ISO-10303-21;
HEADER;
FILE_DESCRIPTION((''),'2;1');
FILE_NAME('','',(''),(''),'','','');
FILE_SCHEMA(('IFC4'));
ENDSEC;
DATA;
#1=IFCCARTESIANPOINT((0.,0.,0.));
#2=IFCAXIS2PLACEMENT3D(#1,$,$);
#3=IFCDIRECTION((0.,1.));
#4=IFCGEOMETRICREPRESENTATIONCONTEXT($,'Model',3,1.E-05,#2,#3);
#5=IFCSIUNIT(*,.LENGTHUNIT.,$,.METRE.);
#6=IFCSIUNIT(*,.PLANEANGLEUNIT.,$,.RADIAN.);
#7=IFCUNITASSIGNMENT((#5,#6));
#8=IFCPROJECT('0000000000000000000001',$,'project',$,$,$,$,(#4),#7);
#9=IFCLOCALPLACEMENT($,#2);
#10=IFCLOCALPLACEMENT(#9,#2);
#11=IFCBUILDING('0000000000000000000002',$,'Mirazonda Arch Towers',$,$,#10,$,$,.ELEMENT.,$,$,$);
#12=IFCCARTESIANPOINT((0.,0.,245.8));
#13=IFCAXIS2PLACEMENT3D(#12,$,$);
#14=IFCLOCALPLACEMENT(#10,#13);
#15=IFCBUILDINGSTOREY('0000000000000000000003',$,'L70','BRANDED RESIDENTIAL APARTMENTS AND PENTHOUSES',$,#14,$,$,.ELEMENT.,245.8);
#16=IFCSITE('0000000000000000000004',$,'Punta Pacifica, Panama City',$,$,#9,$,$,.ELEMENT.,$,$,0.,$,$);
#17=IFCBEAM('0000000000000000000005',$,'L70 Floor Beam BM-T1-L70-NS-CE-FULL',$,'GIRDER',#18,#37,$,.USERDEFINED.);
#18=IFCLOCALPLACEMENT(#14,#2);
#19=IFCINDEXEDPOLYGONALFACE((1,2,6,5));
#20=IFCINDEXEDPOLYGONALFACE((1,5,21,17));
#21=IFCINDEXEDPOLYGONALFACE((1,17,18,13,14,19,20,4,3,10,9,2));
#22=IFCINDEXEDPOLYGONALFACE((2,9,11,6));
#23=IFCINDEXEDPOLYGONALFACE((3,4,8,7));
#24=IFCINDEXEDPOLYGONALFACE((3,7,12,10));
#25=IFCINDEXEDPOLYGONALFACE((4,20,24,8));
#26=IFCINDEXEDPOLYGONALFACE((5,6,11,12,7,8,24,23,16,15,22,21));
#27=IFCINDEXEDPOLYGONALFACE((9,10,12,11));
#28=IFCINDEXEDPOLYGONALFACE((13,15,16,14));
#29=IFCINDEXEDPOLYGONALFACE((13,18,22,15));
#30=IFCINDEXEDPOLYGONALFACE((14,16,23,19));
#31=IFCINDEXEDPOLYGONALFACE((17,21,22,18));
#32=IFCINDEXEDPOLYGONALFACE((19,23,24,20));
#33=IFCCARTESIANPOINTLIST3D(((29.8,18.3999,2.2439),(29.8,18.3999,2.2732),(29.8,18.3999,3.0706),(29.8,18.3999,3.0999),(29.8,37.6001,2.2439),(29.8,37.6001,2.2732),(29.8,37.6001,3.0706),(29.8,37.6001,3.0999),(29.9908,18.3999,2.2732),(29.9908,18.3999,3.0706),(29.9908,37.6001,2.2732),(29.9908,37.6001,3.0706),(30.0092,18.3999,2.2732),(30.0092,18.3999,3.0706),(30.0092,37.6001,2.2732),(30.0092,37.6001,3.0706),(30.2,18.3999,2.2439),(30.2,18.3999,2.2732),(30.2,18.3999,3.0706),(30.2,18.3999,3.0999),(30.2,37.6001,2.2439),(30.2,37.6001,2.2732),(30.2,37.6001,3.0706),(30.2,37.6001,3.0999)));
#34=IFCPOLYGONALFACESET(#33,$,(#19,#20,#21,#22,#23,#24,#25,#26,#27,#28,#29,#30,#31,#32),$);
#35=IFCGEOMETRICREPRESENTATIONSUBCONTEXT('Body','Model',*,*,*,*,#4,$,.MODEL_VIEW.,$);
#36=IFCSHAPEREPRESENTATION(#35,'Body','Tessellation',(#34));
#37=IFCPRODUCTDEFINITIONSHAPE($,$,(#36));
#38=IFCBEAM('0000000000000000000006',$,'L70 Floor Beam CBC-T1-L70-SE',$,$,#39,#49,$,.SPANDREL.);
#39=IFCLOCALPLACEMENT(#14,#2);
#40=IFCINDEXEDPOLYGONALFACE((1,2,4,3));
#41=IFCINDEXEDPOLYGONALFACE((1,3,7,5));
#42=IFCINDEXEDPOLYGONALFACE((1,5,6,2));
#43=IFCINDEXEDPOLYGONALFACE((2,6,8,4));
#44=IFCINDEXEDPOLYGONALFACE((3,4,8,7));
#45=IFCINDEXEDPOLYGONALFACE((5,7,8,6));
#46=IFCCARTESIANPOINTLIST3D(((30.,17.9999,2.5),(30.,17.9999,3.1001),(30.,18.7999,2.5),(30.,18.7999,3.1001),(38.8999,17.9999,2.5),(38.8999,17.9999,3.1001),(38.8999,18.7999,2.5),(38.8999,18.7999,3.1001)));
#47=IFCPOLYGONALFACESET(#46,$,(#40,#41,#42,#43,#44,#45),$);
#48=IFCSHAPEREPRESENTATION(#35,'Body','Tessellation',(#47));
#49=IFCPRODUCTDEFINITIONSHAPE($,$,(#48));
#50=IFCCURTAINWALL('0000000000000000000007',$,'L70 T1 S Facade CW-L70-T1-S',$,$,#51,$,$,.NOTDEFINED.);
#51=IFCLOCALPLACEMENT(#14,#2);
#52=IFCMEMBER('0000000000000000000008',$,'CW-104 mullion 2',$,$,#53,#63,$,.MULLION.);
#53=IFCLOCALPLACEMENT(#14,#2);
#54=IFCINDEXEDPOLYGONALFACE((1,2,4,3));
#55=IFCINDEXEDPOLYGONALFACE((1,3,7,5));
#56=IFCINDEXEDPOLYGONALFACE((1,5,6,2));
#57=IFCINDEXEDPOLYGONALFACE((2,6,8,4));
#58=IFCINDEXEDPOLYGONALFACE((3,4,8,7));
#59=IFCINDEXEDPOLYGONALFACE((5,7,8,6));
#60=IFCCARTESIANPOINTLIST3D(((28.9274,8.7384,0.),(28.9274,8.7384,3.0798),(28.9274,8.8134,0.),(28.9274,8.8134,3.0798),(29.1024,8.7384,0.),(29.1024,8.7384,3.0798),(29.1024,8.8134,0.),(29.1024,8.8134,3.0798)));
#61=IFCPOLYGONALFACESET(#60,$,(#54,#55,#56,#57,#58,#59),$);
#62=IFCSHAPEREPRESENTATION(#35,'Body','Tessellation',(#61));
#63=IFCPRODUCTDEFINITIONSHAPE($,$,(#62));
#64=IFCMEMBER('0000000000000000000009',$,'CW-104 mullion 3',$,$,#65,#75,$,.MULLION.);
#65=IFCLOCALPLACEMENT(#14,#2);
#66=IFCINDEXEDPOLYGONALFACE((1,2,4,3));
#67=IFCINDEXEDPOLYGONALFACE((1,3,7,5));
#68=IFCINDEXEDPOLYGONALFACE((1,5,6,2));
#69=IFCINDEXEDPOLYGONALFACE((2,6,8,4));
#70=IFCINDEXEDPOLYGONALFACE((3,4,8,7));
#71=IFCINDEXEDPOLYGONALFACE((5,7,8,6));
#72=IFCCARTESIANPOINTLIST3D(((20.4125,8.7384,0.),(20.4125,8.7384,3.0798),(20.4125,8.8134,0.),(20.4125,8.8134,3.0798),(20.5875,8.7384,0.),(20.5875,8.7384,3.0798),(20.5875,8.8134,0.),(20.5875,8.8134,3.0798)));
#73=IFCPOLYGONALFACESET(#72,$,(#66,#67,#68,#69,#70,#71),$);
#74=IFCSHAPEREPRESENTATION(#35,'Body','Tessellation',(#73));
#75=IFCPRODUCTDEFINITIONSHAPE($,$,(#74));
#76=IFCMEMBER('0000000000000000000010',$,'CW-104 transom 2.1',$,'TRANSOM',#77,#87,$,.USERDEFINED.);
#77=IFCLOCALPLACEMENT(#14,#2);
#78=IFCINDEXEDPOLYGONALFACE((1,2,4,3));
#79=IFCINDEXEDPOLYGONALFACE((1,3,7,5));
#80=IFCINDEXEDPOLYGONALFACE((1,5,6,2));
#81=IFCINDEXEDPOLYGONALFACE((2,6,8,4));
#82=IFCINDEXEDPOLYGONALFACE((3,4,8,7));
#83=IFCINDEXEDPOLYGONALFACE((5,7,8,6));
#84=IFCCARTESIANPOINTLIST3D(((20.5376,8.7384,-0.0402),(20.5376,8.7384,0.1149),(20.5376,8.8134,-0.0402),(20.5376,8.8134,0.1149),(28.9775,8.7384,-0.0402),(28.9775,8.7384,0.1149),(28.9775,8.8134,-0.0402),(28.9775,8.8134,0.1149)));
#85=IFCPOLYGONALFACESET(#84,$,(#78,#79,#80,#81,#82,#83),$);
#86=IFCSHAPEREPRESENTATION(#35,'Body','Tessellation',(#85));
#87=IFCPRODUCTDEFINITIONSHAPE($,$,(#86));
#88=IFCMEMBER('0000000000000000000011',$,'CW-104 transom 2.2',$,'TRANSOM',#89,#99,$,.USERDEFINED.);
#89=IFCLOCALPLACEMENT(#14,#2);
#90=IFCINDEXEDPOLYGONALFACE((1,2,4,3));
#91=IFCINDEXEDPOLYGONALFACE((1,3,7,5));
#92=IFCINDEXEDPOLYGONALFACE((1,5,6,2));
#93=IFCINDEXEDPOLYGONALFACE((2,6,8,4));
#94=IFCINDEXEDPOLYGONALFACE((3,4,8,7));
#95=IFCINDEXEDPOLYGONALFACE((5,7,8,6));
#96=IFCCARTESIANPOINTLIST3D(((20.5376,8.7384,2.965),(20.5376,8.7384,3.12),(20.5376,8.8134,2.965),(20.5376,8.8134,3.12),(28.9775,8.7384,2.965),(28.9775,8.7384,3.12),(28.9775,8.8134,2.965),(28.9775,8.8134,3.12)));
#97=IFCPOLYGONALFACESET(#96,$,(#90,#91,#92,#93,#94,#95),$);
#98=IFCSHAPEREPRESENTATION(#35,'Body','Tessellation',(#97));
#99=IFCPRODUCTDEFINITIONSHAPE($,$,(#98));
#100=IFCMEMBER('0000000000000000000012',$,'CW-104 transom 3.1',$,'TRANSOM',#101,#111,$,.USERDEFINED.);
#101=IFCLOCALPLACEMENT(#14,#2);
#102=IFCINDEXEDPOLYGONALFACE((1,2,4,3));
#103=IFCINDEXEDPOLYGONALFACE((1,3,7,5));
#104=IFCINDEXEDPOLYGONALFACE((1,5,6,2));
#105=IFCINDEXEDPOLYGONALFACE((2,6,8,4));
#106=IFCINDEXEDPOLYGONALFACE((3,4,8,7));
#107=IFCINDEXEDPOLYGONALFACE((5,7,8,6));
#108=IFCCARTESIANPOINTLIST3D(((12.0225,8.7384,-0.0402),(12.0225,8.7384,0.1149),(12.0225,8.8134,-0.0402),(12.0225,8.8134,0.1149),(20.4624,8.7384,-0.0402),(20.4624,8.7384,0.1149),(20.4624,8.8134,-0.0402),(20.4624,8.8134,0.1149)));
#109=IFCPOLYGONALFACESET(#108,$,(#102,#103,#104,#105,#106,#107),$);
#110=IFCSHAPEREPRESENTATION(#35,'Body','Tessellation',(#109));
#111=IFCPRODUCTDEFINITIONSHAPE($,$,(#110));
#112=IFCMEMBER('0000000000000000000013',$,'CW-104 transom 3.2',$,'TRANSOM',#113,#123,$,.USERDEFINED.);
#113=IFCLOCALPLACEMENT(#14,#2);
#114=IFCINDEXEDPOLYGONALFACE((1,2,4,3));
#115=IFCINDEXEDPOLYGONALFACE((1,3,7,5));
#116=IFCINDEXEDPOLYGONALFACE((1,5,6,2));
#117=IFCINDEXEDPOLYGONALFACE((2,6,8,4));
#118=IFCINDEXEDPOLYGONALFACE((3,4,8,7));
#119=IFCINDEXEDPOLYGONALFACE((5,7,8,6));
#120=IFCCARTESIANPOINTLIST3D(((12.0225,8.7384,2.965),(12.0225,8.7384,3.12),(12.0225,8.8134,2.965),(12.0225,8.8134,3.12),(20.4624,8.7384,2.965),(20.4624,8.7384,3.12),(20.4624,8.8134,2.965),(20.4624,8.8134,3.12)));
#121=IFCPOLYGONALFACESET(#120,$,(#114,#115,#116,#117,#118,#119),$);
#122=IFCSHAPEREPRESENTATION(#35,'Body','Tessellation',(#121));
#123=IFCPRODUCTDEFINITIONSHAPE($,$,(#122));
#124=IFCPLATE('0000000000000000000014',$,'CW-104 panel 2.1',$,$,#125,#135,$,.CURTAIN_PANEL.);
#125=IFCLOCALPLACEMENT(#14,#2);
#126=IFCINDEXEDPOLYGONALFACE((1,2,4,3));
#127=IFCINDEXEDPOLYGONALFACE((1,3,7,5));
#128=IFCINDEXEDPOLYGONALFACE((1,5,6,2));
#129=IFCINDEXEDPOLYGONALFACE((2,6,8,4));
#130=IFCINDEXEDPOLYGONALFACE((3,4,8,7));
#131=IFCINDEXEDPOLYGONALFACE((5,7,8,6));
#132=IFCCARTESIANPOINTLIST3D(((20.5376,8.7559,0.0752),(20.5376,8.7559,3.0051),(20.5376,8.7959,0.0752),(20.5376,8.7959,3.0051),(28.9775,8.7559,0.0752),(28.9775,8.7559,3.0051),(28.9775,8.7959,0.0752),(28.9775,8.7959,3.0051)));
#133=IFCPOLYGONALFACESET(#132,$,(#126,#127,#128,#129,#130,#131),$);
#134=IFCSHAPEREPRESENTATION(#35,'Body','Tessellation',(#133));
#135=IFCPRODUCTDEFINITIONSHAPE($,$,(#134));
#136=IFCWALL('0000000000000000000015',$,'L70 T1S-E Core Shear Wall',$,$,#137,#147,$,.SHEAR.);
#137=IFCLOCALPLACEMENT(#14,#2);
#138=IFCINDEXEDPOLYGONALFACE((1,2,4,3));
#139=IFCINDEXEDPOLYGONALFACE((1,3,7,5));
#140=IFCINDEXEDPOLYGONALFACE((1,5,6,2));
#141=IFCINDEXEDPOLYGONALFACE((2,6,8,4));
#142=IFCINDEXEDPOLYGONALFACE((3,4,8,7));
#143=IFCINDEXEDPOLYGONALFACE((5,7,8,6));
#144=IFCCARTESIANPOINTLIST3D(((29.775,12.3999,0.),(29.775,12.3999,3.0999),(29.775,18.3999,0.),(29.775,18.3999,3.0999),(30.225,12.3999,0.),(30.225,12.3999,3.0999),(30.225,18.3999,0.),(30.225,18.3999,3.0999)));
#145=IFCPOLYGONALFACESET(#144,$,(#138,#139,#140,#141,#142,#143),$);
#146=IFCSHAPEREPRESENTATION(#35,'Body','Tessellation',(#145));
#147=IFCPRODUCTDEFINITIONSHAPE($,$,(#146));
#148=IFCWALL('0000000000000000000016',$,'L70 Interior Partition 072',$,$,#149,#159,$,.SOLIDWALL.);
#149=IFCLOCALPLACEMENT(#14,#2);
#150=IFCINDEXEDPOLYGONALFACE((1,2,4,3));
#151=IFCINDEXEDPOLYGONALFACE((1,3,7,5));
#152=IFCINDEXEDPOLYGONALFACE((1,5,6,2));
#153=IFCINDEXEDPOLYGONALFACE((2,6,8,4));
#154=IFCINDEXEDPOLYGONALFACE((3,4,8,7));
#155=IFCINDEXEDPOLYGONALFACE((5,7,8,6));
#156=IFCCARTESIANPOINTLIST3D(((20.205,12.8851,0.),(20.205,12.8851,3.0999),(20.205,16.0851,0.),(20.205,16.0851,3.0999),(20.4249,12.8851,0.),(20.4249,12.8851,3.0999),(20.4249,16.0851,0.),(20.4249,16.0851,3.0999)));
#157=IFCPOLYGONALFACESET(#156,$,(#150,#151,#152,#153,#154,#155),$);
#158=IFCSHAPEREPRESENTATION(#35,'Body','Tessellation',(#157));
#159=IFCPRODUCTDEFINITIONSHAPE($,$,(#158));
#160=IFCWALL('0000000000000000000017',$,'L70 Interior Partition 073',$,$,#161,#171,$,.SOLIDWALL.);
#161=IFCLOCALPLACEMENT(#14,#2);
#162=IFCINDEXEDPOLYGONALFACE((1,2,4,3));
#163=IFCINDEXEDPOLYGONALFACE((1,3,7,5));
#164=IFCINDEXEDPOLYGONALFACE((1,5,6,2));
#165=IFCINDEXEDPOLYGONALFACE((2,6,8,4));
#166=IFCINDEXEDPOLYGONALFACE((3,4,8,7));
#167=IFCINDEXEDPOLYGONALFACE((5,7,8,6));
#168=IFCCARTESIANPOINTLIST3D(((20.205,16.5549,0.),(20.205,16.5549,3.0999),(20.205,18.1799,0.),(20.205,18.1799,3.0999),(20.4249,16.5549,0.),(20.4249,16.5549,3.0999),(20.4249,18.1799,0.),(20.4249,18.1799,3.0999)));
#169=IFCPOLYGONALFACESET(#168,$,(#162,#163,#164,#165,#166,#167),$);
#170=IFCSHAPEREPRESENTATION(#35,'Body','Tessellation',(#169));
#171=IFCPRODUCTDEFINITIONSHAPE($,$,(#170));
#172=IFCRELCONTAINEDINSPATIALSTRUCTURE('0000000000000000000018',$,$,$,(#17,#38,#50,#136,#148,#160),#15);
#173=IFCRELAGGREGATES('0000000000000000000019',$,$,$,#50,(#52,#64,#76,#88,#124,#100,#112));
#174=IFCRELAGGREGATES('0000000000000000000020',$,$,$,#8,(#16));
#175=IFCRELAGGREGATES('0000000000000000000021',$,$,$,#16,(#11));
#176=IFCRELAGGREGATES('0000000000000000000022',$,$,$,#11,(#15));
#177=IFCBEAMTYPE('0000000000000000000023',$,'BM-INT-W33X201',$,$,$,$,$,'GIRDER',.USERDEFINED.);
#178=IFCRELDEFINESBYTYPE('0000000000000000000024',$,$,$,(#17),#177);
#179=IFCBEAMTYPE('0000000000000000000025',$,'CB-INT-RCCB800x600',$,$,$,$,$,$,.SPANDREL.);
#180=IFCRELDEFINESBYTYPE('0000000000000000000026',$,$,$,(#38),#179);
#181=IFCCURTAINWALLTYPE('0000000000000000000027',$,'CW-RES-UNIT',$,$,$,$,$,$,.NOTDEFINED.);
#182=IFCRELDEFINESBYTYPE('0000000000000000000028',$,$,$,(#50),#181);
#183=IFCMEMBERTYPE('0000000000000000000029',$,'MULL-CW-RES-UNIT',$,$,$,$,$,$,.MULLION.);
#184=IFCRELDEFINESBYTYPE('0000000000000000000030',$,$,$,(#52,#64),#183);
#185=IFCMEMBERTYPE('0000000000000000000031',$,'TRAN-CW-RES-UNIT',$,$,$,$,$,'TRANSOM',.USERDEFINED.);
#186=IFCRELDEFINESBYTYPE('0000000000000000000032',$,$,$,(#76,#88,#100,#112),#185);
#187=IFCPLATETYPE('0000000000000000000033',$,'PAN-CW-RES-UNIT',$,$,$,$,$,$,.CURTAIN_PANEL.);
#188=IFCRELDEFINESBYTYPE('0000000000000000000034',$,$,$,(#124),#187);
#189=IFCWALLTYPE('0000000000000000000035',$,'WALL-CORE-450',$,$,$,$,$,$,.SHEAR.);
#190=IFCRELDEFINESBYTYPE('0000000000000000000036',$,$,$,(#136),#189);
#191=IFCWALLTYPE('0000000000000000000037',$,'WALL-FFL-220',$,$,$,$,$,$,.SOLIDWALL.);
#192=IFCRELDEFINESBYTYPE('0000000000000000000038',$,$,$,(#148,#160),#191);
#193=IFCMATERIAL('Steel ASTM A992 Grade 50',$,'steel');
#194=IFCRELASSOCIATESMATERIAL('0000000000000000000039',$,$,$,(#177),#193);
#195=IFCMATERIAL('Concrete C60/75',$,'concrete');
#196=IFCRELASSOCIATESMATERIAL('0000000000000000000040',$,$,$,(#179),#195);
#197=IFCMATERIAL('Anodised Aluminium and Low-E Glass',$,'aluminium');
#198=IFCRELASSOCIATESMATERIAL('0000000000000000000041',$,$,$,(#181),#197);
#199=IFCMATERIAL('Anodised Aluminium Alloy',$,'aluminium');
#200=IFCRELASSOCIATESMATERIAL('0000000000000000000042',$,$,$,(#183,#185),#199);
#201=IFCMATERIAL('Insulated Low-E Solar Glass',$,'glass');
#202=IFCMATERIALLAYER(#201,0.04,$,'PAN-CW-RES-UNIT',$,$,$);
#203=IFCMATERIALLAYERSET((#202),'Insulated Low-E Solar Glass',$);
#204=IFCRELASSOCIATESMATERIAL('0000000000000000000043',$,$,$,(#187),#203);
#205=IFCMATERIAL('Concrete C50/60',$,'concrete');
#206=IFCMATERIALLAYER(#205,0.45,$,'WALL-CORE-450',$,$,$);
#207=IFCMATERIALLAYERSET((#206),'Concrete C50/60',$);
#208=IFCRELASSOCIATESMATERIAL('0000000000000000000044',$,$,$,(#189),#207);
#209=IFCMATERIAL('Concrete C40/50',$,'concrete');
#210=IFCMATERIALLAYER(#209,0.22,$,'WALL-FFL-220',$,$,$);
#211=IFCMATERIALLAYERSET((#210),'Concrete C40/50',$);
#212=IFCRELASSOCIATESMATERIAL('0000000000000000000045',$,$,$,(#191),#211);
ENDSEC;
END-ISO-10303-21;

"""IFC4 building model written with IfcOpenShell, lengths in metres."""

from ifc_helpers import new_model, si_unit, direction, frame, frame_2d, origin, origin_2d, place, context, subcontext, project, spatial, rectangle, i_section, extrude, material, layer, layer_set, material_profile, profile_set, type_object, element, aggregate, save


model = new_model("IFC4")

# Units and contexts
model_context = context("Model", 3, precision=1e-05, world=origin(), true_north=direction((0.0, 1.0)))
body_context = subcontext(model_context, "Body", "Model", "MODEL_VIEW")
ifc_project = project(units=[si_unit("LENGTHUNIT", "METRE"), si_unit("PLANEANGLEUNIT", "RADIAN")], contexts=[model_context])

# Site, building, storey
site_placement = place(None, origin())
site = spatial("IfcSite", under=ifc_project, at=site_placement, Name="Punta Pacifica, Panama City", CompositionType="ELEMENT", RefElevation=0.0)
building_placement = place(site_placement, origin())
building = spatial("IfcBuilding", under=site, at=building_placement, Name="Mirazonda Arch Towers", CompositionType="ELEMENT")
storey_placement = place(building_placement, frame((0.0, 0.0, 245.8)))
storey = spatial("IfcBuildingStorey", under=building, at=storey_placement, Name="L70", Description="BRANDED RESIDENTIAL APARTMENTS AND PENTHOUSES", CompositionType="ELEMENT", Elevation=245.8)

# Shared definitions
ifc_material_1 = material(Name="Concrete C50/60", Category="concrete")

# Beams
ifc_material_2 = material(Name="Steel ASTM A992 Grade 50", Category="steel")
ifc_material_profile_1 = material_profile(ifc_material_2, i_section(OverallWidth=0.3999, OverallDepth=0.856, WebThickness=0.0183, FlangeThickness=0.0293, at=origin_2d()), Name="W33X201")
ifc_profile_set_1 = profile_set([ifc_material_profile_1], Name="Steel ASTM A992 Grade 50")
beam_type_1 = type_object("IfcBeamType", Name="BM-INT-W33X201", ElementType="GIRDER", PredefinedType="USERDEFINED", material=ifc_profile_set_1)
beam_1_placement = place(storey_placement, frame((30.0, 18.3999, 2.6719), z_axis=(0.0, 1.0, 0.0), x_axis=(-1.0, 0.0, 0.0)))
element("IfcBeam", 1, at=beam_1_placement, inside=storey, type_object=beam_type_1, Name="L70 Floor Beam BM-T1-L70-NS-CE-FULL", ObjectType="GIRDER", PredefinedType="USERDEFINED", context=body_context, shape_type="SweptSolid", body=[
    extrude(i_section(OverallWidth=0.3999, OverallDepth=0.856, WebThickness=0.0183, FlangeThickness=0.0293, at=origin_2d()), origin(), (0.0, 0.0, 1.0), 19.2002),
])
ifc_material_3 = material(Name="Concrete C60/75", Category="concrete")
ifc_material_profile_2 = material_profile(ifc_material_3, rectangle(XDim=0.8, YDim=0.6001, at=origin_2d()), Name="RCCB800x600")
ifc_profile_set_2 = profile_set([ifc_material_profile_2], Name="Concrete C60/75")
beam_type_2 = type_object("IfcBeamType", Name="CB-INT-RCCB800x600", PredefinedType="SPANDREL", material=ifc_profile_set_2)
beam_2_placement = place(storey_placement, frame((30.0, 18.3999, 2.8), z_axis=(1.0, 0.0, 0.0), x_axis=(0.0, 1.0, 0.0)))
element("IfcBeam", 2, at=beam_2_placement, inside=storey, type_object=beam_type_2, Name="L70 Floor Beam CBC-T1-L70-SE", PredefinedType="SPANDREL", context=body_context, shape_type="SweptSolid", body=[
    extrude(rectangle(XDim=0.8, YDim=0.6001, at=origin_2d()), origin(), (0.0, 0.0, 1.0), 8.8999),
])

# Curtain wall, members, plate
ifc_material_4 = material(Name="Anodised Aluminium and Low-E Glass", Category="aluminium")
curtain_wall_type = type_object("IfcCurtainWallType", Name="CW-RES-UNIT", PredefinedType="NOTDEFINED", material=ifc_material_4)
curtain_wall_placement = place(storey_placement, origin())
curtain_wall = element("IfcCurtainWall", 3, at=curtain_wall_placement, inside=storey, type_object=curtain_wall_type, Name="L70 T1 S Facade CW-L70-T1-S", PredefinedType="NOTDEFINED")
ifc_material_5 = material(Name="Anodised Aluminium Alloy", Category="aluminium")
ifc_material_profile_3 = material_profile(ifc_material_5, rectangle(XDim=0.075, YDim=0.175, at=origin_2d()), Name="ALU-MULL-75x175")
ifc_profile_set_3 = profile_set([ifc_material_profile_3], Name="Anodised Aluminium Alloy")
member_type_1 = type_object("IfcMemberType", Name="MULL-CW-RES-UNIT", PredefinedType="MULLION", material=ifc_profile_set_3)
member_1_placement = place(storey_placement, frame((29.0149, 8.7759, 0.0), z_axis=(0.0, 0.0, 1.0), x_axis=(0.0, -1.0, 0.0)))
member_1 = element("IfcMember", 4, at=member_1_placement, type_object=member_type_1, Name="CW-104 mullion 2", PredefinedType="MULLION", context=body_context, shape_type="SweptSolid", body=[
    extrude(rectangle(XDim=0.075, YDim=0.175, at=origin_2d()), origin(), (0.0, 0.0, 1.0), 3.0798),
])
member_2_placement = place(storey_placement, frame((20.5, 8.7759, 0.0), z_axis=(0.0, 0.0, 1.0), x_axis=(0.0, -1.0, 0.0)))
member_2 = element("IfcMember", 5, at=member_2_placement, type_object=member_type_1, Name="CW-104 mullion 3", PredefinedType="MULLION", context=body_context, shape_type="SweptSolid", body=[
    extrude(rectangle(XDim=0.075, YDim=0.175, at=origin_2d()), origin(), (0.0, 0.0, 1.0), 3.0798),
])
ifc_material_profile_4 = material_profile(ifc_material_5, rectangle(XDim=0.075, YDim=0.155, at=origin_2d()), Name="ALU-TRAN-75x155")
ifc_profile_set_4 = profile_set([ifc_material_profile_4], Name="Anodised Aluminium Alloy")
member_type_2 = type_object("IfcMemberType", Name="TRAN-CW-RES-UNIT", ElementType="TRANSOM", PredefinedType="USERDEFINED", material=ifc_profile_set_4)
member_3_placement = place(storey_placement, frame((28.9775, 8.7759, 0.0374), z_axis=(-1.0, 0.0, 0.0), x_axis=(0.0, -1.0, 0.0)))
member_3 = element("IfcMember", 6, at=member_3_placement, type_object=member_type_2, Name="CW-104 transom 2.1", ObjectType="TRANSOM", PredefinedType="USERDEFINED", context=body_context, shape_type="SweptSolid", body=[
    extrude(rectangle(XDim=0.075, YDim=0.155, at=origin_2d()), origin(), (0.0, 0.0, 1.0), 8.4399),
])
member_4_placement = place(storey_placement, frame((28.9775, 8.7759, 3.0425), z_axis=(-1.0, 0.0, 0.0), x_axis=(0.0, -1.0, 0.0)))
member_4 = element("IfcMember", 7, at=member_4_placement, type_object=member_type_2, Name="CW-104 transom 2.2", ObjectType="TRANSOM", PredefinedType="USERDEFINED", context=body_context, shape_type="SweptSolid", body=[
    extrude(rectangle(XDim=0.075, YDim=0.155, at=origin_2d()), origin(), (0.0, 0.0, 1.0), 8.4399),
])
member_5_placement = place(storey_placement, frame((20.4624, 8.7759, 0.0374), z_axis=(-1.0, 0.0, 0.0), x_axis=(0.0, -1.0, 0.0)))
member_5 = element("IfcMember", 8, at=member_5_placement, type_object=member_type_2, Name="CW-104 transom 3.1", ObjectType="TRANSOM", PredefinedType="USERDEFINED", context=body_context, shape_type="SweptSolid", body=[
    extrude(rectangle(XDim=0.075, YDim=0.155, at=origin_2d()), origin(), (0.0, 0.0, 1.0), 8.4399),
])
member_6_placement = place(storey_placement, frame((20.4624, 8.7759, 3.0425), z_axis=(-1.0, 0.0, 0.0), x_axis=(0.0, -1.0, 0.0)))
member_6 = element("IfcMember", 9, at=member_6_placement, type_object=member_type_2, Name="CW-104 transom 3.2", ObjectType="TRANSOM", PredefinedType="USERDEFINED", context=body_context, shape_type="SweptSolid", body=[
    extrude(rectangle(XDim=0.075, YDim=0.155, at=origin_2d()), origin(), (0.0, 0.0, 1.0), 8.4399),
])
ifc_material_6 = material(Name="Insulated Low-E Solar Glass", Category="glass")
ifc_layer_1 = layer(ifc_material_6, 0.04, Name="PAN-CW-RES-UNIT")
ifc_layer_set_1 = layer_set([ifc_layer_1], Name="Insulated Low-E Solar Glass")
plate_type = type_object("IfcPlateType", Name="PAN-CW-RES-UNIT", PredefinedType="CURTAIN_PANEL", material=ifc_layer_set_1)
plate_placement = place(storey_placement, frame((24.7576, 8.7759, 0.0752), z_axis=(0.0, 0.0, 1.0), x_axis=(-1.0, 0.0, 0.0)))
plate = element("IfcPlate", 10, at=plate_placement, type_object=plate_type, Name="CW-104 panel 2.1", PredefinedType="CURTAIN_PANEL", context=body_context, shape_type="SweptSolid", body=[
    extrude(rectangle(XDim=8.4399, YDim=0.04, at=origin_2d()), origin(), (0.0, 0.0, 1.0), 2.9299),
])
aggregate(curtain_wall, [member_1, member_2, member_3, member_4, plate, member_5, member_6])

# Walls
ifc_layer_2 = layer(ifc_material_1, 0.45, Name="WALL-CORE-450")
ifc_layer_set_2 = layer_set([ifc_layer_2], Name="Concrete C50/60")
wall_type_1 = type_object("IfcWallType", Name="WALL-CORE-450", PredefinedType="SHEAR", material=ifc_layer_set_2)
wall_1_placement = place(storey_placement, frame((30.0, 12.3999, 0.0), z_axis=(0.0, 0.0, 1.0), x_axis=(0.0, 1.0, 0.0)))
element("IfcWall", 11, at=wall_1_placement, inside=storey, type_object=wall_type_1, Name="L70 T1S-E Core Shear Wall", PredefinedType="SHEAR", context=body_context, shape_type="SweptSolid", body=[
    extrude(rectangle(XDim=6.0, YDim=0.45, at=frame_2d((3.0, 0.0))), origin(), (0.0, 0.0, 1.0), 3.0999),
])
ifc_material_7 = material(Name="Concrete C40/50", Category="concrete")
ifc_layer_3 = layer(ifc_material_7, 0.22, Name="WALL-FFL-220")
ifc_layer_set_3 = layer_set([ifc_layer_3], Name="Concrete C40/50")
wall_type_2 = type_object("IfcWallType", Name="WALL-FFL-220", PredefinedType="SOLIDWALL", material=ifc_layer_set_3)
wall_2_placement = place(storey_placement, frame((20.3149, 12.885, 0.0), z_axis=(0.0, 0.0, 1.0), x_axis=(0.0, 1.0, 0.0)))
element("IfcWall", 12, at=wall_2_placement, inside=storey, type_object=wall_type_2, Name="L70 Interior Partition 072", PredefinedType="SOLIDWALL", context=body_context, shape_type="SweptSolid", body=[
    extrude(rectangle(XDim=3.2, YDim=0.22, at=frame_2d((1.6001, 0.0))), origin(), (0.0, 0.0, 1.0), 3.0999),
])
wall_3_placement = place(storey_placement, frame((20.3149, 16.5549, 0.0), z_axis=(0.0, 0.0, 1.0), x_axis=(0.0, 1.0, 0.0)))
element("IfcWall", 13, at=wall_3_placement, inside=storey, type_object=wall_type_2, Name="L70 Interior Partition 073", PredefinedType="SOLIDWALL", context=body_context, shape_type="SweptSolid", body=[
    extrude(rectangle(XDim=1.625, YDim=0.22, at=frame_2d((0.8125, 0.0))), origin(), (0.0, 0.0, 1.0), 3.0999),
])

save(model, "model.ifc")
